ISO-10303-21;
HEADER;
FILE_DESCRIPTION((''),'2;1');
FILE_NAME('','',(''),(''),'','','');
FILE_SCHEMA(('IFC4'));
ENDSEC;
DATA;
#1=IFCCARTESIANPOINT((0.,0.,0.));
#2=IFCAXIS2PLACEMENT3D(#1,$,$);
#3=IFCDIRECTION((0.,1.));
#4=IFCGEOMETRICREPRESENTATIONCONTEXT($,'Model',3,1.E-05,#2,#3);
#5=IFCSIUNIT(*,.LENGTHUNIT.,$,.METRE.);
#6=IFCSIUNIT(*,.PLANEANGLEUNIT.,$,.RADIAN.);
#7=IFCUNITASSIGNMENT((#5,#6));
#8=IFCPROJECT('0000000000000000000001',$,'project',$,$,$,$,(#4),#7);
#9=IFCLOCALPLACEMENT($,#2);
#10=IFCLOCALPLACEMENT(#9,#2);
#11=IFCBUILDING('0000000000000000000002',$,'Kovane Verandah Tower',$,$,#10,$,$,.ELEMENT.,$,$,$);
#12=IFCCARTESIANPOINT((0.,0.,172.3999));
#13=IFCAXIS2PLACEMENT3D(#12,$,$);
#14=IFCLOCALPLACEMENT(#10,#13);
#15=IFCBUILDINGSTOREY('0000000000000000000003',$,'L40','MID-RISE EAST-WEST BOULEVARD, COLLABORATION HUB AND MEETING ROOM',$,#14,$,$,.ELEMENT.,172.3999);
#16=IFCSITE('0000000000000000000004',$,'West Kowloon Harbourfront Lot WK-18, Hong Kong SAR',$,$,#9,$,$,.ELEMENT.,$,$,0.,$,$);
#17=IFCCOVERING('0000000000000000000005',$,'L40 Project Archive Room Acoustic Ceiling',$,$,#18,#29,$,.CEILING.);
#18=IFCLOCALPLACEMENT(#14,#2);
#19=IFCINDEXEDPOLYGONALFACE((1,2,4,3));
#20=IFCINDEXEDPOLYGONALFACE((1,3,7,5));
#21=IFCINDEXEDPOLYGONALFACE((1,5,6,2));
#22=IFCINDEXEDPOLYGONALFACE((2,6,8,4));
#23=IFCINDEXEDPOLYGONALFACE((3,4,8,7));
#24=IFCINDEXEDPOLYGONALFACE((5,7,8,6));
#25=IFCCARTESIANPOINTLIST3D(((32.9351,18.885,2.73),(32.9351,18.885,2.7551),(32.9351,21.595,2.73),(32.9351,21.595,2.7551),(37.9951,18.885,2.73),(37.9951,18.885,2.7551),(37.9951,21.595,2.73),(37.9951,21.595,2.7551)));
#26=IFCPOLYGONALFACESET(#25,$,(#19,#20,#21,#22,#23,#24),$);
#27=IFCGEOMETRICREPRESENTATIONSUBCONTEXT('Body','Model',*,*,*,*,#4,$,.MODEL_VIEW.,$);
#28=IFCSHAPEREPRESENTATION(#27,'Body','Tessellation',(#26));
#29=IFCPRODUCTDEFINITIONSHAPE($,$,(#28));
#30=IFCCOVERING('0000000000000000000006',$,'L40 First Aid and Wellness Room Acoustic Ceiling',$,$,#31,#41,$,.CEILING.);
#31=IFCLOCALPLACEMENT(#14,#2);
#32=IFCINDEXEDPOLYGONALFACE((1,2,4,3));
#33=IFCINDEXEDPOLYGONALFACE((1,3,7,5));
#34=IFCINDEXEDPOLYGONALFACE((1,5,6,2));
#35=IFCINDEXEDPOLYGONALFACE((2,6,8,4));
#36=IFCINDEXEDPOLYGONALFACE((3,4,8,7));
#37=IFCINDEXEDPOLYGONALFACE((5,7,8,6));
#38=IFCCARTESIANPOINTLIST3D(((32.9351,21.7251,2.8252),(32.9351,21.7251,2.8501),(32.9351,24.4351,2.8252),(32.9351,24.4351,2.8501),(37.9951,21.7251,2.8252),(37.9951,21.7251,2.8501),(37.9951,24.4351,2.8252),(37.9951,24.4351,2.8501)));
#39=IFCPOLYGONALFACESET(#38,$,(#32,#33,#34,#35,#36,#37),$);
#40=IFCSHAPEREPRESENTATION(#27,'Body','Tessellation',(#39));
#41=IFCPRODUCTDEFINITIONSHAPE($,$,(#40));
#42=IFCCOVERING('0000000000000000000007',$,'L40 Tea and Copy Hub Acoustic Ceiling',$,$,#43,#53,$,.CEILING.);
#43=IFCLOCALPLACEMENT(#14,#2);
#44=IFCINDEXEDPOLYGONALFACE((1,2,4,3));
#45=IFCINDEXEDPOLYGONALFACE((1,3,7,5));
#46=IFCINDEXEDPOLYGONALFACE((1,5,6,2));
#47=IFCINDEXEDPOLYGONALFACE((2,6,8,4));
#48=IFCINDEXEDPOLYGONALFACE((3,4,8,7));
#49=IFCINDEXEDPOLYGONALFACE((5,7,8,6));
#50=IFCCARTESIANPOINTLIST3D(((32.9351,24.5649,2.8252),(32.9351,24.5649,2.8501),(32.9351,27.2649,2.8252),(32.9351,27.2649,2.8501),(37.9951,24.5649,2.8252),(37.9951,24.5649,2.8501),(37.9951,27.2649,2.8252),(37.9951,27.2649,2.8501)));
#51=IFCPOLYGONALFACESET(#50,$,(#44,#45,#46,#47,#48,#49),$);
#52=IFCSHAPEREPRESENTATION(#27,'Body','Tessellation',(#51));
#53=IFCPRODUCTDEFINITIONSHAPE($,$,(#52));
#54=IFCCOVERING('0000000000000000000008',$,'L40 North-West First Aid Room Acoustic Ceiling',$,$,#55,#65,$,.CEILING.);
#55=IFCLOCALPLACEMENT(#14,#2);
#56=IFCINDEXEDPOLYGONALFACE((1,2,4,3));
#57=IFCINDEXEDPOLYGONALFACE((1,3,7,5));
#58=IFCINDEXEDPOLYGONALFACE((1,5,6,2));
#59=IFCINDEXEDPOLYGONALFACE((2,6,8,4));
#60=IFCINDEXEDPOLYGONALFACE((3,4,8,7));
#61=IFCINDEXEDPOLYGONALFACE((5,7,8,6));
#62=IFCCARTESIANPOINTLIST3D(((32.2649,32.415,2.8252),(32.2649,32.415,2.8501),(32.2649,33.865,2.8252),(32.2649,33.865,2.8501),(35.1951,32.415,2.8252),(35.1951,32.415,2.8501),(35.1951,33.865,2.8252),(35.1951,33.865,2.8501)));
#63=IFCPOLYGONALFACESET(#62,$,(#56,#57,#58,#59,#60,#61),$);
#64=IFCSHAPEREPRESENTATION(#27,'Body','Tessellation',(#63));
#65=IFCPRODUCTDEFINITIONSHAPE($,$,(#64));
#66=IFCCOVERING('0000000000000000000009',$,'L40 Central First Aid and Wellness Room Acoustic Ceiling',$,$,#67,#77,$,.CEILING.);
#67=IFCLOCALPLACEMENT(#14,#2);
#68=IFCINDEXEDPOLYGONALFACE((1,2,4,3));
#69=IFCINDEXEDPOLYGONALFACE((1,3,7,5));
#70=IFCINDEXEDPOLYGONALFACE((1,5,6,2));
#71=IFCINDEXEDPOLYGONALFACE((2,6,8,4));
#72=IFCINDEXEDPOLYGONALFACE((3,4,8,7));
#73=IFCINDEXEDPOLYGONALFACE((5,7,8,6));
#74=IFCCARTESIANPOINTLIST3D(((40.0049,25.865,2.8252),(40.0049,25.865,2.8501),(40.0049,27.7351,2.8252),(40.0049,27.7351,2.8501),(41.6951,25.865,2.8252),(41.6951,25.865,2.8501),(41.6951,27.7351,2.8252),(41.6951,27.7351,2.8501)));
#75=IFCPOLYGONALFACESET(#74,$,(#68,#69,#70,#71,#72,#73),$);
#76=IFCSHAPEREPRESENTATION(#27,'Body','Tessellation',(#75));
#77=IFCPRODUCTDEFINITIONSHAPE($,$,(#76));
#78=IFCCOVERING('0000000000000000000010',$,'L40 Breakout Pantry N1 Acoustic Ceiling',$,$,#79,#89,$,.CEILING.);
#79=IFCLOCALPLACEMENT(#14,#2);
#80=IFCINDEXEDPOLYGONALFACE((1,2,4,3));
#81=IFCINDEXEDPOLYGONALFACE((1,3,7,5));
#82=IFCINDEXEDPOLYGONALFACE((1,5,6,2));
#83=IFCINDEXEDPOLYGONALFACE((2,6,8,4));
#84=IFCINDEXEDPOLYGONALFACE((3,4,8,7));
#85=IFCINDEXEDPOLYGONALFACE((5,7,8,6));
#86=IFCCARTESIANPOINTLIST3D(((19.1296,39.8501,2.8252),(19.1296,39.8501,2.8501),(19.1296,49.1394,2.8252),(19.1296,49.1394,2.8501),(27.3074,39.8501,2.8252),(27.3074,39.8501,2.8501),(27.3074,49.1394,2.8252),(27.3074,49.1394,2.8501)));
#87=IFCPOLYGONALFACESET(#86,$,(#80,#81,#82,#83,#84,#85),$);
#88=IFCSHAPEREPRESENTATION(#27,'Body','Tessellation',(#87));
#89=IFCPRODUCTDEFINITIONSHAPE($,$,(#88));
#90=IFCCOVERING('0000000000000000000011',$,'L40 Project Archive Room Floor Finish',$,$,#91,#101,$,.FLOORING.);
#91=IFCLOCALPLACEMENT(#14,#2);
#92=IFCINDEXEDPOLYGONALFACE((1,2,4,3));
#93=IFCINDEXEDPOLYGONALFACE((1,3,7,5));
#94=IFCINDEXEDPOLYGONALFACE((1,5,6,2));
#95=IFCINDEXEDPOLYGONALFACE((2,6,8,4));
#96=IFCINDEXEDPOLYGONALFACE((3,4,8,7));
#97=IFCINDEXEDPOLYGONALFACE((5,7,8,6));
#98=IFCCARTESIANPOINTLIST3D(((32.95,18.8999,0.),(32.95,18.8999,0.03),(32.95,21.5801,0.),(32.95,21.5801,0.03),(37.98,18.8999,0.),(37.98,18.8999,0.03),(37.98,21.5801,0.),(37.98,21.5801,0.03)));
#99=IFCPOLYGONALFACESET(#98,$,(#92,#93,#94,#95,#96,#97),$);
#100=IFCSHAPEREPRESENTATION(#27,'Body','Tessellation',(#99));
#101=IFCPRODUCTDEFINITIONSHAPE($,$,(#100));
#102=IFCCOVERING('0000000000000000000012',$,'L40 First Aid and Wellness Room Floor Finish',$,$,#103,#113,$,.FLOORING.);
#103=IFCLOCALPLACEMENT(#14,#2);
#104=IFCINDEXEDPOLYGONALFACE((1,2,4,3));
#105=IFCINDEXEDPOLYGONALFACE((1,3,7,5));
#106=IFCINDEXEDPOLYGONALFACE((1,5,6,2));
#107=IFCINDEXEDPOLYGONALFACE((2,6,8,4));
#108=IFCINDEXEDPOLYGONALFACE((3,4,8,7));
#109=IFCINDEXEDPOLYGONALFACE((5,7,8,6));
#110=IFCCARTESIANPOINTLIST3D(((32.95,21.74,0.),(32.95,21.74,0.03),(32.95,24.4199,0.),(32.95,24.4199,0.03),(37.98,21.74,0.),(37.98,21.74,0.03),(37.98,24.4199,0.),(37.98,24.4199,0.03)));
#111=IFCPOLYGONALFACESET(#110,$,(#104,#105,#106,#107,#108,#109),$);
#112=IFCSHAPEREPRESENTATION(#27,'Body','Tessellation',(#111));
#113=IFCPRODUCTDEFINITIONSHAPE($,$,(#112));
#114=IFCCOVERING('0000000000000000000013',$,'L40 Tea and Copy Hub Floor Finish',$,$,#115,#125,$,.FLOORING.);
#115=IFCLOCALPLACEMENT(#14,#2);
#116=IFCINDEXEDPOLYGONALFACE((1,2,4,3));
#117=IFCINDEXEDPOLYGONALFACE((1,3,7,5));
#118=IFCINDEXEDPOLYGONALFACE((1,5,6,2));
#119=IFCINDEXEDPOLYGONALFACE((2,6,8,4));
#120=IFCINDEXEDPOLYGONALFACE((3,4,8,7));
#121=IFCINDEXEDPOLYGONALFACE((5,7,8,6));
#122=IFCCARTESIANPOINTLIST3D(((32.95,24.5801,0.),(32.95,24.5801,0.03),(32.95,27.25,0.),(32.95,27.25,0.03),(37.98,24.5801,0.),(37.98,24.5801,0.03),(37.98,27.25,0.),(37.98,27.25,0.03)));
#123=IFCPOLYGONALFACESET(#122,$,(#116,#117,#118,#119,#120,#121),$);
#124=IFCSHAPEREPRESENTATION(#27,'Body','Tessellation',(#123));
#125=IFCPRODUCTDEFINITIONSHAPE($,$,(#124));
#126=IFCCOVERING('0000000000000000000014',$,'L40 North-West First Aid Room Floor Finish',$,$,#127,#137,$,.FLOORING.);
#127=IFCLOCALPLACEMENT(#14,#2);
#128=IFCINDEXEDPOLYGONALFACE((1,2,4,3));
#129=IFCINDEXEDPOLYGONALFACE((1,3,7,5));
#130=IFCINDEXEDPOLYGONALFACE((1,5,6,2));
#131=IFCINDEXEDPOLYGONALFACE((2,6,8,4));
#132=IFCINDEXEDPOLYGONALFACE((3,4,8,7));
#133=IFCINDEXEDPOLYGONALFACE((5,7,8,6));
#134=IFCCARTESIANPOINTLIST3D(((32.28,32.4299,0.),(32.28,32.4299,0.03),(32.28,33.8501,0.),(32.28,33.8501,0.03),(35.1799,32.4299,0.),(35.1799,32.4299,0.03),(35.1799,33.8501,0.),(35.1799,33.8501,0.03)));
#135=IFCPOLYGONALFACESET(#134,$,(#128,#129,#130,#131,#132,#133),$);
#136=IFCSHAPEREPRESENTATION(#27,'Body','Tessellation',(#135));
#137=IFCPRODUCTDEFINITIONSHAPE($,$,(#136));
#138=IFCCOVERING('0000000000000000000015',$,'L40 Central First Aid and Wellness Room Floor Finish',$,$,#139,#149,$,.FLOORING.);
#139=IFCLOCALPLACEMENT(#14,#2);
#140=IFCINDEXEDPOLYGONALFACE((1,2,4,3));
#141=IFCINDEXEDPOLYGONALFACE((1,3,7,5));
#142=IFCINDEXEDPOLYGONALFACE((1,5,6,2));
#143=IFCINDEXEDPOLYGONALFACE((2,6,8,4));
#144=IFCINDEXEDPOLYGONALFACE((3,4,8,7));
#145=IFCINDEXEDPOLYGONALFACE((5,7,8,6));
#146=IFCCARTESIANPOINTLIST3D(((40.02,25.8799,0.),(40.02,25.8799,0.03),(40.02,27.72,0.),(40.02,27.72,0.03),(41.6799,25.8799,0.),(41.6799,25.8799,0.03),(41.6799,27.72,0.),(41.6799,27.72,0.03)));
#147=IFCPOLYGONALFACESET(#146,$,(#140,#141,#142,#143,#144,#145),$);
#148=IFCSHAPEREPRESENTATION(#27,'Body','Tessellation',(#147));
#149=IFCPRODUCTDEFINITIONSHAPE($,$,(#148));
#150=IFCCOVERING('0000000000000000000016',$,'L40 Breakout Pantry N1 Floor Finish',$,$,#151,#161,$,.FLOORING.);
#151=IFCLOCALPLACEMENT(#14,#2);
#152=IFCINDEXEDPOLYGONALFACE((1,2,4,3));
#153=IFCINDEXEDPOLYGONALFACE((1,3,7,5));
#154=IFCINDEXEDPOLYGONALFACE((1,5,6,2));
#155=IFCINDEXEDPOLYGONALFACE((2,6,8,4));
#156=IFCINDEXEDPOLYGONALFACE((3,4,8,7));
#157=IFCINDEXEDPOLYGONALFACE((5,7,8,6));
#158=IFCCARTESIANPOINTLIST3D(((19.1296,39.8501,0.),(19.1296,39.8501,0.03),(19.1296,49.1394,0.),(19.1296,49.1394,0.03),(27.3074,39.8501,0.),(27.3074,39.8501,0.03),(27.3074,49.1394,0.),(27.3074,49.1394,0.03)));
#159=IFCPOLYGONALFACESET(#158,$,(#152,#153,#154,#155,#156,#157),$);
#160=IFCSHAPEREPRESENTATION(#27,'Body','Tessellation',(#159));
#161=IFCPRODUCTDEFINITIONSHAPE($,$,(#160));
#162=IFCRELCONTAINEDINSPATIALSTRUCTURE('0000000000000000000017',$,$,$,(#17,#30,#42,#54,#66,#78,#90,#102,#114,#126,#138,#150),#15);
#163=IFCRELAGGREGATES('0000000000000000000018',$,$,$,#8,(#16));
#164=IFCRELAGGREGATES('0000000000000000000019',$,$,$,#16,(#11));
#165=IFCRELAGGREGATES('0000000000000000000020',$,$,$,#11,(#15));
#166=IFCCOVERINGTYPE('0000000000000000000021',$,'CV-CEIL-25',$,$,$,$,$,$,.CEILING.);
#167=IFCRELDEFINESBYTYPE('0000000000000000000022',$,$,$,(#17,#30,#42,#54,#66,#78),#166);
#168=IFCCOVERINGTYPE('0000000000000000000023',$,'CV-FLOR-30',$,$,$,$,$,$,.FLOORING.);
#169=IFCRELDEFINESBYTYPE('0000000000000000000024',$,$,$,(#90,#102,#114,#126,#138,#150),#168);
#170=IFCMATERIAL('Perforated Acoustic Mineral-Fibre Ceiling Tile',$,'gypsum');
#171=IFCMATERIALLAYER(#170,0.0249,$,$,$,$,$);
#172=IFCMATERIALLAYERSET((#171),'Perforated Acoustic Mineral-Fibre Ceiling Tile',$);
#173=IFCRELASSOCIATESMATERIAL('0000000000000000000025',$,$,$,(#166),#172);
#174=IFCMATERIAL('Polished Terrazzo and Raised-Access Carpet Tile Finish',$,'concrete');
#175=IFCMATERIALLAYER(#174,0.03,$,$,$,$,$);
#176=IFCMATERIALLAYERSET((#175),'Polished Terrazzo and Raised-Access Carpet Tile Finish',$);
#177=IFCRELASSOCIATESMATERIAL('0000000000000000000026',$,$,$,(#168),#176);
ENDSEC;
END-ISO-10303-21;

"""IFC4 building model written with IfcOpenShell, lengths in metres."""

from ifc_helpers import new_model, si_unit, direction, frame, origin, place, context, subcontext, project, spatial, polyline, outline, extrude, material, layer, layer_set, type_object, element, save


model = new_model("IFC4")

# Units and contexts
model_context = context("Model", 3, precision=1e-05, world=origin(), true_north=direction((0.0, 1.0)))
body_context = subcontext(model_context, "Body", "Model", "MODEL_VIEW")
ifc_project = project(units=[si_unit("LENGTHUNIT", "METRE"), si_unit("PLANEANGLEUNIT", "RADIAN")], contexts=[model_context])

# Site, building, storey
site_placement = place(None, origin())
site = spatial("IfcSite", under=ifc_project, at=site_placement, Name="West Kowloon Harbourfront Lot WK-18, Hong Kong SAR", CompositionType="ELEMENT", RefElevation=0.0)
building_placement = place(site_placement, origin())
building = spatial("IfcBuilding", under=site, at=building_placement, Name="Kovane Verandah Tower", CompositionType="ELEMENT")
storey_placement = place(building_placement, frame((0.0, 0.0, 172.3999)))
storey = spatial("IfcBuildingStorey", under=building, at=storey_placement, Name="L40", Description="MID-RISE EAST-WEST BOULEVARD, COLLABORATION HUB AND MEETING ROOM", CompositionType="ELEMENT", Elevation=172.3999)

# Coverings
ifc_material_1 = material(Name="Perforated Acoustic Mineral-Fibre Ceiling Tile", Category="gypsum")
ifc_layer_1 = layer(ifc_material_1, 0.0249)
ifc_layer_set_1 = layer_set([ifc_layer_1], Name="Perforated Acoustic Mineral-Fibre Ceiling Tile")
covering_type_1 = type_object("IfcCoveringType", Name="CV-CEIL-25", PredefinedType="CEILING", material=ifc_layer_set_1)
covering_1_placement = place(storey_placement, frame((0.0, 0.0, 2.73)))
element("IfcCovering", 1, at=covering_1_placement, inside=storey, type_object=covering_type_1, Name="L40 Project Archive Room Acoustic Ceiling", PredefinedType="CEILING", context=body_context, shape_type="SweptSolid", body=[
    extrude(outline(polyline([(32.9351, 18.885), (37.9951, 18.885), (37.9951, 21.595), (32.9351, 21.595), (32.9351, 18.885)])), origin(), (0.0, 0.0, 1.0), 0.0251),
])
covering_2_placement = place(storey_placement, frame((0.0, 0.0, 2.8252)))
element("IfcCovering", 2, at=covering_2_placement, inside=storey, type_object=covering_type_1, Name="L40 First Aid and Wellness Room Acoustic Ceiling", PredefinedType="CEILING", context=body_context, shape_type="SweptSolid", body=[
    extrude(outline(polyline([(32.9351, 21.7251), (37.9951, 21.7251), (37.9951, 24.4351), (32.9351, 24.4351), (32.9351, 21.7251)])), origin(), (0.0, 0.0, 1.0), 0.0249),
])
covering_3_placement = place(storey_placement, frame((0.0, 0.0, 2.8252)))
element("IfcCovering", 3, at=covering_3_placement, inside=storey, type_object=covering_type_1, Name="L40 Tea and Copy Hub Acoustic Ceiling", PredefinedType="CEILING", context=body_context, shape_type="SweptSolid", body=[
    extrude(outline(polyline([(32.9351, 24.5649), (37.9951, 24.5649), (37.9951, 27.2649), (32.9351, 27.2649), (32.9351, 24.5649)])), origin(), (0.0, 0.0, 1.0), 0.0249),
])
covering_4_placement = place(storey_placement, frame((0.0, 0.0, 2.8252)))
element("IfcCovering", 4, at=covering_4_placement, inside=storey, type_object=covering_type_1, Name="L40 North-West First Aid Room Acoustic Ceiling", PredefinedType="CEILING", context=body_context, shape_type="SweptSolid", body=[
    extrude(outline(polyline([(32.2649, 32.415), (35.1951, 32.415), (35.1951, 33.865), (32.2649, 33.865), (32.2649, 32.415)])), origin(), (0.0, 0.0, 1.0), 0.0249),
])
covering_5_placement = place(storey_placement, frame((0.0, 0.0, 2.8252)))
element("IfcCovering", 5, at=covering_5_placement, inside=storey, type_object=covering_type_1, Name="L40 Central First Aid and Wellness Room Acoustic Ceiling", PredefinedType="CEILING", context=body_context, shape_type="SweptSolid", body=[
    extrude(outline(polyline([(40.0049, 25.865), (41.6951, 25.865), (41.6951, 27.7351), (40.0049, 27.7351), (40.0049, 25.865)])), origin(), (0.0, 0.0, 1.0), 0.0249),
])
covering_6_placement = place(storey_placement, frame((0.0, 0.0, 2.8252)))
element("IfcCovering", 6, at=covering_6_placement, inside=storey, type_object=covering_type_1, Name="L40 Breakout Pantry N1 Acoustic Ceiling", PredefinedType="CEILING", context=body_context, shape_type="SweptSolid", body=[
    extrude(outline(polyline([(19.1296, 39.8501), (27.3074, 39.8501), (27.3074, 49.1394), (19.1296, 49.1394), (19.1296, 39.8501)])), origin(), (0.0, 0.0, 1.0), 0.0249),
])
ifc_material_2 = material(Name="Polished Terrazzo and Raised-Access Carpet Tile Finish", Category="concrete")
ifc_layer_2 = layer(ifc_material_2, 0.03)
ifc_layer_set_2 = layer_set([ifc_layer_2], Name="Polished Terrazzo and Raised-Access Carpet Tile Finish")
covering_type_2 = type_object("IfcCoveringType", Name="CV-FLOR-30", PredefinedType="FLOORING", material=ifc_layer_set_2)
covering_7_placement = place(storey_placement, origin())
element("IfcCovering", 7, at=covering_7_placement, inside=storey, type_object=covering_type_2, Name="L40 Project Archive Room Floor Finish", PredefinedType="FLOORING", context=body_context, shape_type="SweptSolid", body=[
    extrude(outline(polyline([(32.95, 18.8999), (37.98, 18.8999), (37.98, 21.5801), (32.95, 21.5801), (32.95, 18.8999)])), origin(), (0.0, 0.0, 1.0), 0.03),
])
covering_8_placement = place(storey_placement, origin())
element("IfcCovering", 8, at=covering_8_placement, inside=storey, type_object=covering_type_2, Name="L40 First Aid and Wellness Room Floor Finish", PredefinedType="FLOORING", context=body_context, shape_type="SweptSolid", body=[
    extrude(outline(polyline([(32.95, 21.74), (37.98, 21.74), (37.98, 24.4199), (32.95, 24.4199), (32.95, 21.74)])), origin(), (0.0, 0.0, 1.0), 0.03),
])
covering_9_placement = place(storey_placement, origin())
element("IfcCovering", 9, at=covering_9_placement, inside=storey, type_object=covering_type_2, Name="L40 Tea and Copy Hub Floor Finish", PredefinedType="FLOORING", context=body_context, shape_type="SweptSolid", body=[
    extrude(outline(polyline([(32.95, 24.5801), (37.98, 24.5801), (37.98, 27.25), (32.95, 27.25), (32.95, 24.5801)])), origin(), (0.0, 0.0, 1.0), 0.03),
])
covering_10_placement = place(storey_placement, origin())
element("IfcCovering", 10, at=covering_10_placement, inside=storey, type_object=covering_type_2, Name="L40 North-West First Aid Room Floor Finish", PredefinedType="FLOORING", context=body_context, shape_type="SweptSolid", body=[
    extrude(outline(polyline([(32.28, 32.4299), (35.1799, 32.4299), (35.1799, 33.8501), (32.28, 33.8501), (32.28, 32.4299)])), origin(), (0.0, 0.0, 1.0), 0.03),
])
covering_11_placement = place(storey_placement, origin())
element("IfcCovering", 11, at=covering_11_placement, inside=storey, type_object=covering_type_2, Name="L40 Central First Aid and Wellness Room Floor Finish", PredefinedType="FLOORING", context=body_context, shape_type="SweptSolid", body=[
    extrude(outline(polyline([(40.02, 25.8799), (41.6799, 25.8799), (41.6799, 27.72), (40.02, 27.72), (40.02, 25.8799)])), origin(), (0.0, 0.0, 1.0), 0.03),
])
covering_12_placement = place(storey_placement, origin())
element("IfcCovering", 12, at=covering_12_placement, inside=storey, type_object=covering_type_2, Name="L40 Breakout Pantry N1 Floor Finish", PredefinedType="FLOORING", context=body_context, shape_type="SweptSolid", body=[
    extrude(outline(polyline([(19.1296, 39.8501), (27.3074, 39.8501), (27.3074, 49.1394), (19.1296, 49.1394), (19.1296, 39.8501)])), origin(), (0.0, 0.0, 1.0), 0.03),
])

save(model, "model.ifc")
